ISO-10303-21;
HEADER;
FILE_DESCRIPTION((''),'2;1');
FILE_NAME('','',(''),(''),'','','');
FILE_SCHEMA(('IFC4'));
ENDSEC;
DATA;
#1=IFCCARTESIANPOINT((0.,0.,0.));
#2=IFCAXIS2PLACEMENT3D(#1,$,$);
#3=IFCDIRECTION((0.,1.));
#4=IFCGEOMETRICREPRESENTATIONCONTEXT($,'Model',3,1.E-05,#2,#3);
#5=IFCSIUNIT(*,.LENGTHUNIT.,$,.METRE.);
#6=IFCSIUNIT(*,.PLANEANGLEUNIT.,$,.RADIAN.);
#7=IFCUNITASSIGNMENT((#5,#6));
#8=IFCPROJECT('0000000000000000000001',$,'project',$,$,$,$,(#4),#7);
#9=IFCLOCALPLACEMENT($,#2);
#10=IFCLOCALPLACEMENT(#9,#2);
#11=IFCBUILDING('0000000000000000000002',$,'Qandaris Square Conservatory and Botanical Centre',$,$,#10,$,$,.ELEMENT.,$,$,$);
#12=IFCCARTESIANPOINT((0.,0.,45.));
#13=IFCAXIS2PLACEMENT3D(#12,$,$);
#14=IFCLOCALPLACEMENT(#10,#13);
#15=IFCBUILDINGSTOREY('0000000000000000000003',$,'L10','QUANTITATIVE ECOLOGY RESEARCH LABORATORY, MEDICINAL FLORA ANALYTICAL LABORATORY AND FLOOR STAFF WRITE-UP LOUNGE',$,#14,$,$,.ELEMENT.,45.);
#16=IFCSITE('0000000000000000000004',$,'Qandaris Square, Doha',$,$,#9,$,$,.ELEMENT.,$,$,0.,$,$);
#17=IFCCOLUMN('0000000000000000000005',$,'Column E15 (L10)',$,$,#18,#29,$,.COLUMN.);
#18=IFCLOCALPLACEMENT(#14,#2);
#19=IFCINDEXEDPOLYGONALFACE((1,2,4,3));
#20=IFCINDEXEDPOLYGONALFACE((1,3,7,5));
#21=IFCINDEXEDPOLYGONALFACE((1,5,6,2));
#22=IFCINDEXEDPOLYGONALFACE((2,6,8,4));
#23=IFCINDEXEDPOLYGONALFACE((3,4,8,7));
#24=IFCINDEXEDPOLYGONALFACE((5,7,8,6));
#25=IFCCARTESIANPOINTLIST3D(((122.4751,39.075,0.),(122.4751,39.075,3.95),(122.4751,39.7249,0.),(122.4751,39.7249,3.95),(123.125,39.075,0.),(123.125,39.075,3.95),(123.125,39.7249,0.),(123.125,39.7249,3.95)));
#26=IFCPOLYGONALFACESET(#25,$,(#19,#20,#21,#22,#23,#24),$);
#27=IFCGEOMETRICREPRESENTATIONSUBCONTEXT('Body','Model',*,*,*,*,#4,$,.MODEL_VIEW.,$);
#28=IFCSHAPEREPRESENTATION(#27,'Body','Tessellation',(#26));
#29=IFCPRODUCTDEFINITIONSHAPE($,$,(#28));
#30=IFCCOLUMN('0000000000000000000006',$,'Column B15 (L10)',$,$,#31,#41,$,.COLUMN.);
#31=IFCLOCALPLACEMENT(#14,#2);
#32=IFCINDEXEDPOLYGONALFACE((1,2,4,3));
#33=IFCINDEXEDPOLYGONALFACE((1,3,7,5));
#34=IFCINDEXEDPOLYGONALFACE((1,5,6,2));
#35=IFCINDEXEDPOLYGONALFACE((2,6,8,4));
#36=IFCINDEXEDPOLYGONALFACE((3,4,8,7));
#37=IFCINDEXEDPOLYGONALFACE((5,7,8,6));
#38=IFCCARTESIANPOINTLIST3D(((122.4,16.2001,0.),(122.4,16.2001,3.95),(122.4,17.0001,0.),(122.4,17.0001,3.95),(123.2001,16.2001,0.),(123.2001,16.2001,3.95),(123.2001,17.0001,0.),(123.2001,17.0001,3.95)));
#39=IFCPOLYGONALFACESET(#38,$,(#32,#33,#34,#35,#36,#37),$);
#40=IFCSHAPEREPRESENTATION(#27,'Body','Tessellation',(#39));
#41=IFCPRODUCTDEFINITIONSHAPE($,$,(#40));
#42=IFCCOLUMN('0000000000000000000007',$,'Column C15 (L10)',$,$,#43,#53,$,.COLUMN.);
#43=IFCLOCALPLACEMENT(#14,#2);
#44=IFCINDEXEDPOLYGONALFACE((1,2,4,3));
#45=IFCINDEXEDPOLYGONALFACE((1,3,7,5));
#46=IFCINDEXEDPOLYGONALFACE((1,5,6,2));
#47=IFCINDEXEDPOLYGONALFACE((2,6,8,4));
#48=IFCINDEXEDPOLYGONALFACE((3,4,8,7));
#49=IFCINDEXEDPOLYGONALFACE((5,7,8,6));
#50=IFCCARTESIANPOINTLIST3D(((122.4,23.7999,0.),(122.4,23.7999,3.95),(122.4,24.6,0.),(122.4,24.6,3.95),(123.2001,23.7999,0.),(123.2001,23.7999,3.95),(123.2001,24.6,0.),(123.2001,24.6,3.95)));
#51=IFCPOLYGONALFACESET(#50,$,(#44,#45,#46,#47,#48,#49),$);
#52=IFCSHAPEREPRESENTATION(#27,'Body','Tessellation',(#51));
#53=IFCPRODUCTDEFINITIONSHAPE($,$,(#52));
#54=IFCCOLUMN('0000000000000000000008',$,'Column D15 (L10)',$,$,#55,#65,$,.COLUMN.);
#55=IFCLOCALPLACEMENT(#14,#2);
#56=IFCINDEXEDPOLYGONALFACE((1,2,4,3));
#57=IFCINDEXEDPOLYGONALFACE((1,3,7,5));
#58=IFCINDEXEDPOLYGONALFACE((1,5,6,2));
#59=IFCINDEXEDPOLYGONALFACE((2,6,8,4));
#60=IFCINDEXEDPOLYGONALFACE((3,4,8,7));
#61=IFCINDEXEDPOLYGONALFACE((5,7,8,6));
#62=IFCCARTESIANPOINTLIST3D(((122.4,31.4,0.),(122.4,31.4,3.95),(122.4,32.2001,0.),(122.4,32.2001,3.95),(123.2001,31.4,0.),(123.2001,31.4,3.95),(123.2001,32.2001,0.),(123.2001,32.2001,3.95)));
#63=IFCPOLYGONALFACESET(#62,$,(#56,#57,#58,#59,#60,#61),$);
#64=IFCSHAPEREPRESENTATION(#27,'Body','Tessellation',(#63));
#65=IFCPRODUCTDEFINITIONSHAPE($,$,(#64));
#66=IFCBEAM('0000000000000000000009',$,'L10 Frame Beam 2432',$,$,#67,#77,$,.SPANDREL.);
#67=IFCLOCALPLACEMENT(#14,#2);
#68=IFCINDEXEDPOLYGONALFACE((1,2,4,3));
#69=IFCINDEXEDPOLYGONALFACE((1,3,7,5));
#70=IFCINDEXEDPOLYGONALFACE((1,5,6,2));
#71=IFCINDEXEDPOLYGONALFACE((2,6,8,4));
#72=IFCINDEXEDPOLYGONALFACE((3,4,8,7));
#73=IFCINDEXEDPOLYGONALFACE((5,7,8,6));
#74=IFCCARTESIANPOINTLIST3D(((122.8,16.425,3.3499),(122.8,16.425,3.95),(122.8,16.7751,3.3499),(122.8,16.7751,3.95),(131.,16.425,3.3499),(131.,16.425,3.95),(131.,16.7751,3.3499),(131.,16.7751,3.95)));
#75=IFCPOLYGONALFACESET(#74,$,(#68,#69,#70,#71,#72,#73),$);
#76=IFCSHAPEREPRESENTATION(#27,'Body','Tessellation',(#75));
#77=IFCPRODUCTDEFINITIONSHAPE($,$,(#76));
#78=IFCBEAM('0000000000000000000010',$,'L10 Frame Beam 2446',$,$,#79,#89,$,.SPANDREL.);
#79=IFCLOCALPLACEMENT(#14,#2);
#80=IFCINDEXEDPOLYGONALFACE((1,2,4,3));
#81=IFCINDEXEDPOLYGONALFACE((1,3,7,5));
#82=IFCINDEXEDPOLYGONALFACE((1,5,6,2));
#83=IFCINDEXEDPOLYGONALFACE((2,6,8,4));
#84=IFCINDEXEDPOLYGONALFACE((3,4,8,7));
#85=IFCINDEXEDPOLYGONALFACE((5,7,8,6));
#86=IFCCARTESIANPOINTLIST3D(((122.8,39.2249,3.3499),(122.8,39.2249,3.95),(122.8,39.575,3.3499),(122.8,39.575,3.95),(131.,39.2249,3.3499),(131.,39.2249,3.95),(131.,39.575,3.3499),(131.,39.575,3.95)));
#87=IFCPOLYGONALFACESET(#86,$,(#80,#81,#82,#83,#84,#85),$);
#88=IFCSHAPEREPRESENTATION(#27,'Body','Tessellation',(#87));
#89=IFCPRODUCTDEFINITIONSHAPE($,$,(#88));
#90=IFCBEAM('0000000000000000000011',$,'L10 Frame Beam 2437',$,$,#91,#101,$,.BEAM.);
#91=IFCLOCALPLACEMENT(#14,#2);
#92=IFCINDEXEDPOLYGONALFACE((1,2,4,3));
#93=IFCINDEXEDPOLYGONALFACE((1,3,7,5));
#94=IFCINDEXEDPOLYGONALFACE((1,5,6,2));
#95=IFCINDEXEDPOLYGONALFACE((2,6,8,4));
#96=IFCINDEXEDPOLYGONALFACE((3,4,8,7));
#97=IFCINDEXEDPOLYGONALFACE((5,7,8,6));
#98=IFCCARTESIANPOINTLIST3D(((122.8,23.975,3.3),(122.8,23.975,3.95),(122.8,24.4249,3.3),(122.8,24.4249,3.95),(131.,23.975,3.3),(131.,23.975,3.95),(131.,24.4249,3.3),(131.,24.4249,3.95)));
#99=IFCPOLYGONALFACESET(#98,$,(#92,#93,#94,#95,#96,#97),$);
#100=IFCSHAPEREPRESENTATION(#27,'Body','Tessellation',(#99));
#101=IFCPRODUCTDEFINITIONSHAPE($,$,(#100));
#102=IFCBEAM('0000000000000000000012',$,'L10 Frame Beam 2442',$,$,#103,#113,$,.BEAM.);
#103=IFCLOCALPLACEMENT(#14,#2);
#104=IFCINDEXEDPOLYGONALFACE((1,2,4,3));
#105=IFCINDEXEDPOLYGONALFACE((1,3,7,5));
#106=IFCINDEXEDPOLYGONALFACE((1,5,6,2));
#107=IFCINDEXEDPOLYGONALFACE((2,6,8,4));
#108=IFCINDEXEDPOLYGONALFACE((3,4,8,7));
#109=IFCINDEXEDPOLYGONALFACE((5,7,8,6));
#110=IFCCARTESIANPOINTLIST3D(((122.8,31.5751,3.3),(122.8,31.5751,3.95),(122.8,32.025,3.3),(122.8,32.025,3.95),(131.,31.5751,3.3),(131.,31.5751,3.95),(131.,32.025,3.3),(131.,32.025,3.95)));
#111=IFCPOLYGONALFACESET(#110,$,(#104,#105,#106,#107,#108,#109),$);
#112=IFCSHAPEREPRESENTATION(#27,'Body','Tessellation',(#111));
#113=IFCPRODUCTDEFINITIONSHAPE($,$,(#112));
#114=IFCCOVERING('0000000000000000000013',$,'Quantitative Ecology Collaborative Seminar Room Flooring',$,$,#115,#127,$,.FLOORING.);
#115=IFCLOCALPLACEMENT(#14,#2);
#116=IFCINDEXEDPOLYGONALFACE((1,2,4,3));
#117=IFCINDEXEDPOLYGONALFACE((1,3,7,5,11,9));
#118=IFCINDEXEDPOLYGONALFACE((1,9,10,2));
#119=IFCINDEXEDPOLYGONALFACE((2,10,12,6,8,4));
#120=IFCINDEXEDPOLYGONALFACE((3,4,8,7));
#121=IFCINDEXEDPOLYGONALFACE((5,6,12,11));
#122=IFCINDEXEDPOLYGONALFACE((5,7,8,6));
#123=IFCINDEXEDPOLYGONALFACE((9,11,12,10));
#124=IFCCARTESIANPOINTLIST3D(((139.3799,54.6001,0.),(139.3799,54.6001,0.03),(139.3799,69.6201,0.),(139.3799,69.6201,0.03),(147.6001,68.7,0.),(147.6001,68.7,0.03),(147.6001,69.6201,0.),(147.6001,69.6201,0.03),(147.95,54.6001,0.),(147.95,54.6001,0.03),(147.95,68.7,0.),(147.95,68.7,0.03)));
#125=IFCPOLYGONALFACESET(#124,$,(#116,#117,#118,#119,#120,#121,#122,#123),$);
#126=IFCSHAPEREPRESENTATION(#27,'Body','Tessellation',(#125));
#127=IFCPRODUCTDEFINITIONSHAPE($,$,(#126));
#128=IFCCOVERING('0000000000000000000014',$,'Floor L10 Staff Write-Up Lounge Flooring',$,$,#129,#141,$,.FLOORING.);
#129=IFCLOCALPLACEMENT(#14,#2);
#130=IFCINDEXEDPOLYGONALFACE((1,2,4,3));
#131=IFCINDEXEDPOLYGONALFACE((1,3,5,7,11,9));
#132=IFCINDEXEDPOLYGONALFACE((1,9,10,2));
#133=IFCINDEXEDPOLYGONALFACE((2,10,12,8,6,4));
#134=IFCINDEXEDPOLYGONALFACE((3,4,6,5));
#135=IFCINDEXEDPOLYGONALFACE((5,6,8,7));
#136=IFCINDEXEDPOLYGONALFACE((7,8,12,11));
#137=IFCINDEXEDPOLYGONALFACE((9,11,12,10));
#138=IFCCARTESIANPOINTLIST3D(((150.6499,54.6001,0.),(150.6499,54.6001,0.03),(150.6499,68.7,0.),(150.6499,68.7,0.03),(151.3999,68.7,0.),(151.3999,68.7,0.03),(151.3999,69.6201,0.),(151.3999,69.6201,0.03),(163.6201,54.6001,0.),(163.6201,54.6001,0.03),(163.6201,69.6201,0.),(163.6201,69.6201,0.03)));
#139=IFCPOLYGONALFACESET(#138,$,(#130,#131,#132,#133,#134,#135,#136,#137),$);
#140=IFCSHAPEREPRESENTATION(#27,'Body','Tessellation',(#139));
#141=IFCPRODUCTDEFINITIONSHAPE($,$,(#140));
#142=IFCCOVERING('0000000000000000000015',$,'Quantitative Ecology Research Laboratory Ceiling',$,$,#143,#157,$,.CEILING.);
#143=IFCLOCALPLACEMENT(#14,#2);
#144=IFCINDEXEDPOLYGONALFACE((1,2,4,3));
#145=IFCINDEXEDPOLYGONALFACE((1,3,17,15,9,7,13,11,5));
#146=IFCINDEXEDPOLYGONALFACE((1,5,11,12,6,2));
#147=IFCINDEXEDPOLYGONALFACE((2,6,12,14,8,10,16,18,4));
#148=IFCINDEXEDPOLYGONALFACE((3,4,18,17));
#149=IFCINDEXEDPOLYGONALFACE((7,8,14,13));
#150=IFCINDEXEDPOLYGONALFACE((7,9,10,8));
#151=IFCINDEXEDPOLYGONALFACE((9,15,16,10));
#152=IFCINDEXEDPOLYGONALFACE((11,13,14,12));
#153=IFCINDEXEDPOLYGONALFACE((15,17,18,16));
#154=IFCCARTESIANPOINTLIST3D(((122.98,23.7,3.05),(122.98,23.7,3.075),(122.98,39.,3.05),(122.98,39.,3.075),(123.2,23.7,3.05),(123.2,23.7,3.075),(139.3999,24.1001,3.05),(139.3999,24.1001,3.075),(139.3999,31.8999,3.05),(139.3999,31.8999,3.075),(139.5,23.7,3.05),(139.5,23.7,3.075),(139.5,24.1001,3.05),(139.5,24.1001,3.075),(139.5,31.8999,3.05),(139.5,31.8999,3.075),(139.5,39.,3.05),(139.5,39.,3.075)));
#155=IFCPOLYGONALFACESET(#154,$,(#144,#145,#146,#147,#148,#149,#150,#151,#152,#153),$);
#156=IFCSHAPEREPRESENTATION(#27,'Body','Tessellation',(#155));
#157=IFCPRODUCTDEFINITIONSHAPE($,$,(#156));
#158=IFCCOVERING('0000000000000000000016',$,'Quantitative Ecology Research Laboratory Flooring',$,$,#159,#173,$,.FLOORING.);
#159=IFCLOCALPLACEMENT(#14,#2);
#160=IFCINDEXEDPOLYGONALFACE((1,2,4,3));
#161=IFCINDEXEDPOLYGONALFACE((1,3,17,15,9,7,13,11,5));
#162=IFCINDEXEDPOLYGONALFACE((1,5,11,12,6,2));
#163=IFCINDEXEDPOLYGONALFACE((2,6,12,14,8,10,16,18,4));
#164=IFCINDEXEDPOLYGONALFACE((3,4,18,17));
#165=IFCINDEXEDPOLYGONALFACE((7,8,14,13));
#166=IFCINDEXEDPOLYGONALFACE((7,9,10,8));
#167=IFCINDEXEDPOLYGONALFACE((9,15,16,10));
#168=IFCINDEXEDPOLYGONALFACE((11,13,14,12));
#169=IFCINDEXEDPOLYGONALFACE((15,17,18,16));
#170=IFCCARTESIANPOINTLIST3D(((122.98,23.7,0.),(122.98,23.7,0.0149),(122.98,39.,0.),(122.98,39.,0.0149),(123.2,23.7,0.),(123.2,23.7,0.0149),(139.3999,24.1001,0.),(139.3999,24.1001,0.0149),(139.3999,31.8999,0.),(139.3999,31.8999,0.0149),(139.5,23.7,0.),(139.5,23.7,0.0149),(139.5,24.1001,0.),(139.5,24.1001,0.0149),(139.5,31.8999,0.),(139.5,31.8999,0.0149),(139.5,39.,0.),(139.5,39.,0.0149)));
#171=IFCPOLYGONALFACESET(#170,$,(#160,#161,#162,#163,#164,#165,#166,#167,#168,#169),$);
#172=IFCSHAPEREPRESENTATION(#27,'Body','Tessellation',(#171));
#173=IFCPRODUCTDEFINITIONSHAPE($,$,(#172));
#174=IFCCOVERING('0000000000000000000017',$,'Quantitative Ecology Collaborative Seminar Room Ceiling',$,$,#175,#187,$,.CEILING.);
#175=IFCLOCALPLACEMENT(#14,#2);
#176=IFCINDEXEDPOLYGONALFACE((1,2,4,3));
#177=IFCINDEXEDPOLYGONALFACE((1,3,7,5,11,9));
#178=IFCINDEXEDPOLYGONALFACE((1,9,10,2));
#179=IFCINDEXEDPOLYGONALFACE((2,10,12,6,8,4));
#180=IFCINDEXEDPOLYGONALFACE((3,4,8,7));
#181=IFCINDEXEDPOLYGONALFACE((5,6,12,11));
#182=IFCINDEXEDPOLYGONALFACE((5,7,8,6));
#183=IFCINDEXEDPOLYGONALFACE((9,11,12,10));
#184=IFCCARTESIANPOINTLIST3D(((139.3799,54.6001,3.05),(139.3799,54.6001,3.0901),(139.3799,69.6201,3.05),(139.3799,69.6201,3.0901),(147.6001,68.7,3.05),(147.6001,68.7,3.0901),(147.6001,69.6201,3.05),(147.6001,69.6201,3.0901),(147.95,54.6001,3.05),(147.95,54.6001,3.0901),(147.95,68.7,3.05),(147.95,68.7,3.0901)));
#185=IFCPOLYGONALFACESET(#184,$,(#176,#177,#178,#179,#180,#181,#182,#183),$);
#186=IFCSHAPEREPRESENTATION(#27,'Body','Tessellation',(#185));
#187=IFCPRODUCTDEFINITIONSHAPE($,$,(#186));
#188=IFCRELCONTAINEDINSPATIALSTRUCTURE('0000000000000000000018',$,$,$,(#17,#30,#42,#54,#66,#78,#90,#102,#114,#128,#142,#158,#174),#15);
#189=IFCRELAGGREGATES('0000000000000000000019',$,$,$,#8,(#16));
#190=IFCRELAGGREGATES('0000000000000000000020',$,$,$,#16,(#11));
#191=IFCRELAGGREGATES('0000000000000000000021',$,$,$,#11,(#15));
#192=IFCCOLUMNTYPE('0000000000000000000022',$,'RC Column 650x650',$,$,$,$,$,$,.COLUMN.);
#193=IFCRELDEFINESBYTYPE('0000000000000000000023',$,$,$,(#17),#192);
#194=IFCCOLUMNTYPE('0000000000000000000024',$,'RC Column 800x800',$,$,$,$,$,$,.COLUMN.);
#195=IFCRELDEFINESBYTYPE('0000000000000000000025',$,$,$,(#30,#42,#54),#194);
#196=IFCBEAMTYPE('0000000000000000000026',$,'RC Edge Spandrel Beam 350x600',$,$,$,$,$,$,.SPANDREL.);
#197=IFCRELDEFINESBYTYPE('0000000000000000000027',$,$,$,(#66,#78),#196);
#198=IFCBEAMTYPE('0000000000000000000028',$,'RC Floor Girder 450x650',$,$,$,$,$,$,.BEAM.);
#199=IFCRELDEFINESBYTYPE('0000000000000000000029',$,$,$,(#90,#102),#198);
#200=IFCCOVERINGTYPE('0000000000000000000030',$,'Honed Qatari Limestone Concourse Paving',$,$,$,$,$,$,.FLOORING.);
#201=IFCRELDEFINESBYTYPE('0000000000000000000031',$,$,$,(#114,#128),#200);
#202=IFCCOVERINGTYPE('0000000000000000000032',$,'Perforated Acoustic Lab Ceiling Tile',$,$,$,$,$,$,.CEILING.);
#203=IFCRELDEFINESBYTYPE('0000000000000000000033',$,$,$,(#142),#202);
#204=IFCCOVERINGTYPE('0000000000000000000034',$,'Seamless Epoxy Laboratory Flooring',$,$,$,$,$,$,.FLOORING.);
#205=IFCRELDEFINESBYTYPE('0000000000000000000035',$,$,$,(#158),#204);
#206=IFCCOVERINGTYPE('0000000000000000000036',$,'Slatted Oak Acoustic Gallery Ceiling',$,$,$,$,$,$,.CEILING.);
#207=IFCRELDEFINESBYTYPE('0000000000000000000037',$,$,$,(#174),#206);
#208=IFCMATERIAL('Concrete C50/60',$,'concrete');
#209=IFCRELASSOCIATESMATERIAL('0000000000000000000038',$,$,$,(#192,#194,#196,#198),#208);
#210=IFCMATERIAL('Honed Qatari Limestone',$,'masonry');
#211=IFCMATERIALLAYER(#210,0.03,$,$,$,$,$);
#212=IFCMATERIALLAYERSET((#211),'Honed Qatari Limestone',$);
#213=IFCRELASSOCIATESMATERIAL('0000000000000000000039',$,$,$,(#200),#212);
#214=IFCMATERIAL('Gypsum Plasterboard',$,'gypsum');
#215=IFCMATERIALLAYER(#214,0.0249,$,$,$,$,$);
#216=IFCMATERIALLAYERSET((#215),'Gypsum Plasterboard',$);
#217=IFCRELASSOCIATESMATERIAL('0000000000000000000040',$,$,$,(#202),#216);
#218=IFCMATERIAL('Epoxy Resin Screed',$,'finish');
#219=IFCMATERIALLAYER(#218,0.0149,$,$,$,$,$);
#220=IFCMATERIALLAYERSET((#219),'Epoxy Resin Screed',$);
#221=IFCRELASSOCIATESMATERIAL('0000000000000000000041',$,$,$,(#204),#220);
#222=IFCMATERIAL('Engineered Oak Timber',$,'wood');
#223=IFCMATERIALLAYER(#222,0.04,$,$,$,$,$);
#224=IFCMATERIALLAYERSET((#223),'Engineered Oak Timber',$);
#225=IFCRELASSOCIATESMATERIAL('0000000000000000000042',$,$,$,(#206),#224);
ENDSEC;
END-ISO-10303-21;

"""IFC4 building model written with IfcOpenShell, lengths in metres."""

from ifc_helpers import new_model, si_unit, direction, frame, origin, origin_2d, place, context, subcontext, project, spatial, polyline, rectangle, outline, extrude, material, layer, layer_set, material_profile, profile_set, type_object, element, save


model = new_model("IFC4")

# Units and contexts
model_context = context("Model", 3, precision=1e-05, world=origin(), true_north=direction((0.0, 1.0)))
body_context = subcontext(model_context, "Body", "Model", "MODEL_VIEW")
ifc_project = project(units=[si_unit("LENGTHUNIT", "METRE"), si_unit("PLANEANGLEUNIT", "RADIAN")], contexts=[model_context])

# Site, building, storey
site_placement = place(None, origin())
site = spatial("IfcSite", under=ifc_project, at=site_placement, Name="Qandaris Square, Doha", CompositionType="ELEMENT", RefElevation=0.0)
building_placement = place(site_placement, origin())
building = spatial("IfcBuilding", under=site, at=building_placement, Name="Qandaris Square Conservatory and Botanical Centre", CompositionType="ELEMENT")
storey_placement = place(building_placement, frame((0.0, 0.0, 45.0)))
storey = spatial("IfcBuildingStorey", under=building, at=storey_placement, Name="L10", Description="QUANTITATIVE ECOLOGY RESEARCH LABORATORY, MEDICINAL FLORA ANALYTICAL LABORATORY AND FLOOR STAFF WRITE-UP LOUNGE", CompositionType="ELEMENT", Elevation=45.0)

# Columns
ifc_material_1 = material(Name="Concrete C50/60", Category="concrete")
ifc_material_profile_1 = material_profile(ifc_material_1, rectangle(XDim=0.6499, YDim=0.6499, at=origin_2d()), Name="RC-COL 650x650")
ifc_profile_set_1 = profile_set([ifc_material_profile_1], Name="Concrete C50/60")
column_type_1 = type_object("IfcColumnType", Name="RC Column 650x650", PredefinedType="COLUMN", material=ifc_profile_set_1)
column_placement = place(storey_placement, frame((122.8, 39.3999, 0.0), z_axis=(0.0, 0.0, 1.0), x_axis=(1.0, 0.0, 0.0)))
element("IfcColumn", 1, at=column_placement, inside=storey, type_object=column_type_1, Name="Column E15 (L10)", PredefinedType="COLUMN", context=body_context, shape_type="SweptSolid", body=[
    extrude(rectangle(XDim=0.6499, YDim=0.6499, at=origin_2d()), origin(), (0.0, 0.0, 1.0), 3.95),
])
ifc_material_profile_2 = material_profile(ifc_material_1, rectangle(XDim=0.8, YDim=0.8, at=origin_2d()), Name="RC-COL 800x800")
ifc_profile_set_2 = profile_set([ifc_material_profile_2], Name="Concrete C50/60")
column_type_2 = type_object("IfcColumnType", Name="RC Column 800x800", PredefinedType="COLUMN", material=ifc_profile_set_2)
for number, where, z_axis, x_axis, name in (
    (2, (122.8, 16.6001, 0.0), (0.0, 0.0, 1.0), (1.0, 0.0, 0.0), "Column B15 (L10)"),
    (3, (122.8, 24.2, 0.0), (0.0, 0.0, 1.0), (1.0, 0.0, 0.0), "Column C15 (L10)"),
    (4, (122.8, 31.8, 0.0), (0.0, 0.0, 1.0), (1.0, 0.0, 0.0), "Column D15 (L10)"),
):
    element("IfcColumn", number, at=place(storey_placement, frame(where, z_axis=z_axis, x_axis=x_axis)), inside=storey, type_object=column_type_2, Name=name, PredefinedType="COLUMN", context=body_context, shape_type="SweptSolid", body=[
        extrude(rectangle(XDim=0.8, YDim=0.8, at=origin_2d()), origin(), (0.0, 0.0, 1.0), 3.95),
    ])

# Beams
ifc_material_profile_3 = material_profile(ifc_material_1, rectangle(XDim=0.3501, YDim=0.6001, at=origin_2d()), Name="RC-SP 350x600")
ifc_profile_set_3 = profile_set([ifc_material_profile_3], Name="Concrete C50/60")
beam_type_1 = type_object("IfcBeamType", Name="RC Edge Spandrel Beam 350x600", PredefinedType="SPANDREL", material=ifc_profile_set_3)
for number, where, z_axis, x_axis, name in (
    (5, (122.8, 16.6001, 3.6499), (1.0, 0.0, 0.0), (0.0, 1.0, 0.0), "L10 Frame Beam 2432"),
    (6, (122.8, 39.3999, 3.6499), (1.0, 0.0, 0.0), (0.0, 1.0, 0.0), "L10 Frame Beam 2446"),
):
    element("IfcBeam", number, at=place(storey_placement, frame(where, z_axis=z_axis, x_axis=x_axis)), inside=storey, type_object=beam_type_1, Name=name, PredefinedType="SPANDREL", context=body_context, shape_type="SweptSolid", body=[
        extrude(rectangle(XDim=0.3501, YDim=0.6001, at=origin_2d()), origin(), (0.0, 0.0, 1.0), 8.2),
    ])
ifc_material_profile_4 = material_profile(ifc_material_1, rectangle(XDim=0.45, YDim=0.6499, at=origin_2d()), Name="RC-BM 450x650")
ifc_profile_set_4 = profile_set([ifc_material_profile_4], Name="Concrete C50/60")
beam_type_2 = type_object("IfcBeamType", Name="RC Floor Girder 450x650", PredefinedType="BEAM", material=ifc_profile_set_4)
for number, where, z_axis, x_axis, name in (
    (7, (122.8, 24.2, 3.625), (1.0, 0.0, 0.0), (0.0, 1.0, 0.0), "L10 Frame Beam 2437"),
    (8, (122.8, 31.8, 3.625), (1.0, 0.0, 0.0), (0.0, 1.0, 0.0), "L10 Frame Beam 2442"),
):
    element("IfcBeam", number, at=place(storey_placement, frame(where, z_axis=z_axis, x_axis=x_axis)), inside=storey, type_object=beam_type_2, Name=name, PredefinedType="BEAM", context=body_context, shape_type="SweptSolid", body=[
        extrude(rectangle(XDim=0.45, YDim=0.6499, at=origin_2d()), origin(), (0.0, 0.0, 1.0), 8.2),
    ])

# Coverings
ifc_material_2 = material(Name="Honed Qatari Limestone", Category="masonry")
ifc_layer_1 = layer(ifc_material_2, 0.03)
ifc_layer_set_1 = layer_set([ifc_layer_1], Name="Honed Qatari Limestone")
covering_type_1 = type_object("IfcCoveringType", Name="Honed Qatari Limestone Concourse Paving", PredefinedType="FLOORING", material=ifc_layer_set_1)
covering_1_placement = place(storey_placement, origin())
element("IfcCovering", 9, at=covering_1_placement, inside=storey, type_object=covering_type_1, Name="Quantitative Ecology Collaborative Seminar Room Flooring", PredefinedType="FLOORING", context=body_context, shape_type="SweptSolid", body=[
    extrude(outline(polyline([(147.95, 54.6001), (139.3799, 54.6001), (139.3799, 69.6201), (147.6001, 69.6201), (147.6001, 68.7), (147.95, 68.7), (147.95, 54.6001)])), origin(), (0.0, 0.0, 1.0), 0.03),
])
covering_2_placement = place(storey_placement, origin())
element("IfcCovering", 10, at=covering_2_placement, inside=storey, type_object=covering_type_1, Name="Floor L10 Staff Write-Up Lounge Flooring", PredefinedType="FLOORING", context=body_context, shape_type="SweptSolid", body=[
    extrude(outline(polyline([(150.6499, 54.6001), (150.6499, 68.7), (151.3999, 68.7), (151.3999, 69.6201), (163.6201, 69.6201), (163.6201, 54.6001), (150.6499, 54.6001)])), origin(), (0.0, 0.0, 1.0), 0.03),
])
ifc_material_3 = material(Name="Gypsum Plasterboard", Category="gypsum")
ifc_layer_2 = layer(ifc_material_3, 0.0249)
ifc_layer_set_2 = layer_set([ifc_layer_2], Name="Gypsum Plasterboard")
covering_type_2 = type_object("IfcCoveringType", Name="Perforated Acoustic Lab Ceiling Tile", PredefinedType="CEILING", material=ifc_layer_set_2)
covering_3_placement = place(storey_placement, frame((0.0, 0.0, 3.05)))
element("IfcCovering", 11, at=covering_3_placement, inside=storey, type_object=covering_type_2, Name="Quantitative Ecology Research Laboratory Ceiling", PredefinedType="CEILING", context=body_context, shape_type="SweptSolid", body=[
    extrude(outline(polyline([(139.5, 31.8999), (139.3999, 31.8999), (139.3999, 24.1001), (139.5, 24.1001), (139.5, 23.7), (123.2, 23.7), (122.98, 23.7), (122.98, 39.0), (139.5, 39.0), (139.5, 31.8999)])), origin(), (0.0, 0.0, 1.0), 0.0249),
])
ifc_material_4 = material(Name="Epoxy Resin Screed", Category="finish")
ifc_layer_3 = layer(ifc_material_4, 0.0149)
ifc_layer_set_3 = layer_set([ifc_layer_3], Name="Epoxy Resin Screed")
covering_type_3 = type_object("IfcCoveringType", Name="Seamless Epoxy Laboratory Flooring", PredefinedType="FLOORING", material=ifc_layer_set_3)
covering_4_placement = place(storey_placement, origin())
element("IfcCovering", 12, at=covering_4_placement, inside=storey, type_object=covering_type_3, Name="Quantitative Ecology Research Laboratory Flooring", PredefinedType="FLOORING", context=body_context, shape_type="SweptSolid", body=[
    extrude(outline(polyline([(139.5, 31.8999), (139.3999, 31.8999), (139.3999, 24.1001), (139.5, 24.1001), (139.5, 23.7), (123.2, 23.7), (122.98, 23.7), (122.98, 39.0), (139.5, 39.0), (139.5, 31.8999)])), origin(), (0.0, 0.0, 1.0), 0.0149),
])
ifc_material_5 = material(Name="Engineered Oak Timber", Category="wood")
ifc_layer_4 = layer(ifc_material_5, 0.04)
ifc_layer_set_4 = layer_set([ifc_layer_4], Name="Engineered Oak Timber")
covering_type_4 = type_object("IfcCoveringType", Name="Slatted Oak Acoustic Gallery Ceiling", PredefinedType="CEILING", material=ifc_layer_set_4)
covering_5_placement = place(storey_placement, frame((0.0, 0.0, 3.05)))
element("IfcCovering", 13, at=covering_5_placement, inside=storey, type_object=covering_type_4, Name="Quantitative Ecology Collaborative Seminar Room Ceiling", PredefinedType="CEILING", context=body_context, shape_type="SweptSolid", body=[
    extrude(outline(polyline([(147.95, 54.6001), (139.3799, 54.6001), (139.3799, 69.6201), (147.6001, 69.6201), (147.6001, 68.7), (147.95, 68.7), (147.95, 54.6001)])), origin(), (0.0, 0.0, 1.0), 0.04),
])

save(model, "model.ifc")
